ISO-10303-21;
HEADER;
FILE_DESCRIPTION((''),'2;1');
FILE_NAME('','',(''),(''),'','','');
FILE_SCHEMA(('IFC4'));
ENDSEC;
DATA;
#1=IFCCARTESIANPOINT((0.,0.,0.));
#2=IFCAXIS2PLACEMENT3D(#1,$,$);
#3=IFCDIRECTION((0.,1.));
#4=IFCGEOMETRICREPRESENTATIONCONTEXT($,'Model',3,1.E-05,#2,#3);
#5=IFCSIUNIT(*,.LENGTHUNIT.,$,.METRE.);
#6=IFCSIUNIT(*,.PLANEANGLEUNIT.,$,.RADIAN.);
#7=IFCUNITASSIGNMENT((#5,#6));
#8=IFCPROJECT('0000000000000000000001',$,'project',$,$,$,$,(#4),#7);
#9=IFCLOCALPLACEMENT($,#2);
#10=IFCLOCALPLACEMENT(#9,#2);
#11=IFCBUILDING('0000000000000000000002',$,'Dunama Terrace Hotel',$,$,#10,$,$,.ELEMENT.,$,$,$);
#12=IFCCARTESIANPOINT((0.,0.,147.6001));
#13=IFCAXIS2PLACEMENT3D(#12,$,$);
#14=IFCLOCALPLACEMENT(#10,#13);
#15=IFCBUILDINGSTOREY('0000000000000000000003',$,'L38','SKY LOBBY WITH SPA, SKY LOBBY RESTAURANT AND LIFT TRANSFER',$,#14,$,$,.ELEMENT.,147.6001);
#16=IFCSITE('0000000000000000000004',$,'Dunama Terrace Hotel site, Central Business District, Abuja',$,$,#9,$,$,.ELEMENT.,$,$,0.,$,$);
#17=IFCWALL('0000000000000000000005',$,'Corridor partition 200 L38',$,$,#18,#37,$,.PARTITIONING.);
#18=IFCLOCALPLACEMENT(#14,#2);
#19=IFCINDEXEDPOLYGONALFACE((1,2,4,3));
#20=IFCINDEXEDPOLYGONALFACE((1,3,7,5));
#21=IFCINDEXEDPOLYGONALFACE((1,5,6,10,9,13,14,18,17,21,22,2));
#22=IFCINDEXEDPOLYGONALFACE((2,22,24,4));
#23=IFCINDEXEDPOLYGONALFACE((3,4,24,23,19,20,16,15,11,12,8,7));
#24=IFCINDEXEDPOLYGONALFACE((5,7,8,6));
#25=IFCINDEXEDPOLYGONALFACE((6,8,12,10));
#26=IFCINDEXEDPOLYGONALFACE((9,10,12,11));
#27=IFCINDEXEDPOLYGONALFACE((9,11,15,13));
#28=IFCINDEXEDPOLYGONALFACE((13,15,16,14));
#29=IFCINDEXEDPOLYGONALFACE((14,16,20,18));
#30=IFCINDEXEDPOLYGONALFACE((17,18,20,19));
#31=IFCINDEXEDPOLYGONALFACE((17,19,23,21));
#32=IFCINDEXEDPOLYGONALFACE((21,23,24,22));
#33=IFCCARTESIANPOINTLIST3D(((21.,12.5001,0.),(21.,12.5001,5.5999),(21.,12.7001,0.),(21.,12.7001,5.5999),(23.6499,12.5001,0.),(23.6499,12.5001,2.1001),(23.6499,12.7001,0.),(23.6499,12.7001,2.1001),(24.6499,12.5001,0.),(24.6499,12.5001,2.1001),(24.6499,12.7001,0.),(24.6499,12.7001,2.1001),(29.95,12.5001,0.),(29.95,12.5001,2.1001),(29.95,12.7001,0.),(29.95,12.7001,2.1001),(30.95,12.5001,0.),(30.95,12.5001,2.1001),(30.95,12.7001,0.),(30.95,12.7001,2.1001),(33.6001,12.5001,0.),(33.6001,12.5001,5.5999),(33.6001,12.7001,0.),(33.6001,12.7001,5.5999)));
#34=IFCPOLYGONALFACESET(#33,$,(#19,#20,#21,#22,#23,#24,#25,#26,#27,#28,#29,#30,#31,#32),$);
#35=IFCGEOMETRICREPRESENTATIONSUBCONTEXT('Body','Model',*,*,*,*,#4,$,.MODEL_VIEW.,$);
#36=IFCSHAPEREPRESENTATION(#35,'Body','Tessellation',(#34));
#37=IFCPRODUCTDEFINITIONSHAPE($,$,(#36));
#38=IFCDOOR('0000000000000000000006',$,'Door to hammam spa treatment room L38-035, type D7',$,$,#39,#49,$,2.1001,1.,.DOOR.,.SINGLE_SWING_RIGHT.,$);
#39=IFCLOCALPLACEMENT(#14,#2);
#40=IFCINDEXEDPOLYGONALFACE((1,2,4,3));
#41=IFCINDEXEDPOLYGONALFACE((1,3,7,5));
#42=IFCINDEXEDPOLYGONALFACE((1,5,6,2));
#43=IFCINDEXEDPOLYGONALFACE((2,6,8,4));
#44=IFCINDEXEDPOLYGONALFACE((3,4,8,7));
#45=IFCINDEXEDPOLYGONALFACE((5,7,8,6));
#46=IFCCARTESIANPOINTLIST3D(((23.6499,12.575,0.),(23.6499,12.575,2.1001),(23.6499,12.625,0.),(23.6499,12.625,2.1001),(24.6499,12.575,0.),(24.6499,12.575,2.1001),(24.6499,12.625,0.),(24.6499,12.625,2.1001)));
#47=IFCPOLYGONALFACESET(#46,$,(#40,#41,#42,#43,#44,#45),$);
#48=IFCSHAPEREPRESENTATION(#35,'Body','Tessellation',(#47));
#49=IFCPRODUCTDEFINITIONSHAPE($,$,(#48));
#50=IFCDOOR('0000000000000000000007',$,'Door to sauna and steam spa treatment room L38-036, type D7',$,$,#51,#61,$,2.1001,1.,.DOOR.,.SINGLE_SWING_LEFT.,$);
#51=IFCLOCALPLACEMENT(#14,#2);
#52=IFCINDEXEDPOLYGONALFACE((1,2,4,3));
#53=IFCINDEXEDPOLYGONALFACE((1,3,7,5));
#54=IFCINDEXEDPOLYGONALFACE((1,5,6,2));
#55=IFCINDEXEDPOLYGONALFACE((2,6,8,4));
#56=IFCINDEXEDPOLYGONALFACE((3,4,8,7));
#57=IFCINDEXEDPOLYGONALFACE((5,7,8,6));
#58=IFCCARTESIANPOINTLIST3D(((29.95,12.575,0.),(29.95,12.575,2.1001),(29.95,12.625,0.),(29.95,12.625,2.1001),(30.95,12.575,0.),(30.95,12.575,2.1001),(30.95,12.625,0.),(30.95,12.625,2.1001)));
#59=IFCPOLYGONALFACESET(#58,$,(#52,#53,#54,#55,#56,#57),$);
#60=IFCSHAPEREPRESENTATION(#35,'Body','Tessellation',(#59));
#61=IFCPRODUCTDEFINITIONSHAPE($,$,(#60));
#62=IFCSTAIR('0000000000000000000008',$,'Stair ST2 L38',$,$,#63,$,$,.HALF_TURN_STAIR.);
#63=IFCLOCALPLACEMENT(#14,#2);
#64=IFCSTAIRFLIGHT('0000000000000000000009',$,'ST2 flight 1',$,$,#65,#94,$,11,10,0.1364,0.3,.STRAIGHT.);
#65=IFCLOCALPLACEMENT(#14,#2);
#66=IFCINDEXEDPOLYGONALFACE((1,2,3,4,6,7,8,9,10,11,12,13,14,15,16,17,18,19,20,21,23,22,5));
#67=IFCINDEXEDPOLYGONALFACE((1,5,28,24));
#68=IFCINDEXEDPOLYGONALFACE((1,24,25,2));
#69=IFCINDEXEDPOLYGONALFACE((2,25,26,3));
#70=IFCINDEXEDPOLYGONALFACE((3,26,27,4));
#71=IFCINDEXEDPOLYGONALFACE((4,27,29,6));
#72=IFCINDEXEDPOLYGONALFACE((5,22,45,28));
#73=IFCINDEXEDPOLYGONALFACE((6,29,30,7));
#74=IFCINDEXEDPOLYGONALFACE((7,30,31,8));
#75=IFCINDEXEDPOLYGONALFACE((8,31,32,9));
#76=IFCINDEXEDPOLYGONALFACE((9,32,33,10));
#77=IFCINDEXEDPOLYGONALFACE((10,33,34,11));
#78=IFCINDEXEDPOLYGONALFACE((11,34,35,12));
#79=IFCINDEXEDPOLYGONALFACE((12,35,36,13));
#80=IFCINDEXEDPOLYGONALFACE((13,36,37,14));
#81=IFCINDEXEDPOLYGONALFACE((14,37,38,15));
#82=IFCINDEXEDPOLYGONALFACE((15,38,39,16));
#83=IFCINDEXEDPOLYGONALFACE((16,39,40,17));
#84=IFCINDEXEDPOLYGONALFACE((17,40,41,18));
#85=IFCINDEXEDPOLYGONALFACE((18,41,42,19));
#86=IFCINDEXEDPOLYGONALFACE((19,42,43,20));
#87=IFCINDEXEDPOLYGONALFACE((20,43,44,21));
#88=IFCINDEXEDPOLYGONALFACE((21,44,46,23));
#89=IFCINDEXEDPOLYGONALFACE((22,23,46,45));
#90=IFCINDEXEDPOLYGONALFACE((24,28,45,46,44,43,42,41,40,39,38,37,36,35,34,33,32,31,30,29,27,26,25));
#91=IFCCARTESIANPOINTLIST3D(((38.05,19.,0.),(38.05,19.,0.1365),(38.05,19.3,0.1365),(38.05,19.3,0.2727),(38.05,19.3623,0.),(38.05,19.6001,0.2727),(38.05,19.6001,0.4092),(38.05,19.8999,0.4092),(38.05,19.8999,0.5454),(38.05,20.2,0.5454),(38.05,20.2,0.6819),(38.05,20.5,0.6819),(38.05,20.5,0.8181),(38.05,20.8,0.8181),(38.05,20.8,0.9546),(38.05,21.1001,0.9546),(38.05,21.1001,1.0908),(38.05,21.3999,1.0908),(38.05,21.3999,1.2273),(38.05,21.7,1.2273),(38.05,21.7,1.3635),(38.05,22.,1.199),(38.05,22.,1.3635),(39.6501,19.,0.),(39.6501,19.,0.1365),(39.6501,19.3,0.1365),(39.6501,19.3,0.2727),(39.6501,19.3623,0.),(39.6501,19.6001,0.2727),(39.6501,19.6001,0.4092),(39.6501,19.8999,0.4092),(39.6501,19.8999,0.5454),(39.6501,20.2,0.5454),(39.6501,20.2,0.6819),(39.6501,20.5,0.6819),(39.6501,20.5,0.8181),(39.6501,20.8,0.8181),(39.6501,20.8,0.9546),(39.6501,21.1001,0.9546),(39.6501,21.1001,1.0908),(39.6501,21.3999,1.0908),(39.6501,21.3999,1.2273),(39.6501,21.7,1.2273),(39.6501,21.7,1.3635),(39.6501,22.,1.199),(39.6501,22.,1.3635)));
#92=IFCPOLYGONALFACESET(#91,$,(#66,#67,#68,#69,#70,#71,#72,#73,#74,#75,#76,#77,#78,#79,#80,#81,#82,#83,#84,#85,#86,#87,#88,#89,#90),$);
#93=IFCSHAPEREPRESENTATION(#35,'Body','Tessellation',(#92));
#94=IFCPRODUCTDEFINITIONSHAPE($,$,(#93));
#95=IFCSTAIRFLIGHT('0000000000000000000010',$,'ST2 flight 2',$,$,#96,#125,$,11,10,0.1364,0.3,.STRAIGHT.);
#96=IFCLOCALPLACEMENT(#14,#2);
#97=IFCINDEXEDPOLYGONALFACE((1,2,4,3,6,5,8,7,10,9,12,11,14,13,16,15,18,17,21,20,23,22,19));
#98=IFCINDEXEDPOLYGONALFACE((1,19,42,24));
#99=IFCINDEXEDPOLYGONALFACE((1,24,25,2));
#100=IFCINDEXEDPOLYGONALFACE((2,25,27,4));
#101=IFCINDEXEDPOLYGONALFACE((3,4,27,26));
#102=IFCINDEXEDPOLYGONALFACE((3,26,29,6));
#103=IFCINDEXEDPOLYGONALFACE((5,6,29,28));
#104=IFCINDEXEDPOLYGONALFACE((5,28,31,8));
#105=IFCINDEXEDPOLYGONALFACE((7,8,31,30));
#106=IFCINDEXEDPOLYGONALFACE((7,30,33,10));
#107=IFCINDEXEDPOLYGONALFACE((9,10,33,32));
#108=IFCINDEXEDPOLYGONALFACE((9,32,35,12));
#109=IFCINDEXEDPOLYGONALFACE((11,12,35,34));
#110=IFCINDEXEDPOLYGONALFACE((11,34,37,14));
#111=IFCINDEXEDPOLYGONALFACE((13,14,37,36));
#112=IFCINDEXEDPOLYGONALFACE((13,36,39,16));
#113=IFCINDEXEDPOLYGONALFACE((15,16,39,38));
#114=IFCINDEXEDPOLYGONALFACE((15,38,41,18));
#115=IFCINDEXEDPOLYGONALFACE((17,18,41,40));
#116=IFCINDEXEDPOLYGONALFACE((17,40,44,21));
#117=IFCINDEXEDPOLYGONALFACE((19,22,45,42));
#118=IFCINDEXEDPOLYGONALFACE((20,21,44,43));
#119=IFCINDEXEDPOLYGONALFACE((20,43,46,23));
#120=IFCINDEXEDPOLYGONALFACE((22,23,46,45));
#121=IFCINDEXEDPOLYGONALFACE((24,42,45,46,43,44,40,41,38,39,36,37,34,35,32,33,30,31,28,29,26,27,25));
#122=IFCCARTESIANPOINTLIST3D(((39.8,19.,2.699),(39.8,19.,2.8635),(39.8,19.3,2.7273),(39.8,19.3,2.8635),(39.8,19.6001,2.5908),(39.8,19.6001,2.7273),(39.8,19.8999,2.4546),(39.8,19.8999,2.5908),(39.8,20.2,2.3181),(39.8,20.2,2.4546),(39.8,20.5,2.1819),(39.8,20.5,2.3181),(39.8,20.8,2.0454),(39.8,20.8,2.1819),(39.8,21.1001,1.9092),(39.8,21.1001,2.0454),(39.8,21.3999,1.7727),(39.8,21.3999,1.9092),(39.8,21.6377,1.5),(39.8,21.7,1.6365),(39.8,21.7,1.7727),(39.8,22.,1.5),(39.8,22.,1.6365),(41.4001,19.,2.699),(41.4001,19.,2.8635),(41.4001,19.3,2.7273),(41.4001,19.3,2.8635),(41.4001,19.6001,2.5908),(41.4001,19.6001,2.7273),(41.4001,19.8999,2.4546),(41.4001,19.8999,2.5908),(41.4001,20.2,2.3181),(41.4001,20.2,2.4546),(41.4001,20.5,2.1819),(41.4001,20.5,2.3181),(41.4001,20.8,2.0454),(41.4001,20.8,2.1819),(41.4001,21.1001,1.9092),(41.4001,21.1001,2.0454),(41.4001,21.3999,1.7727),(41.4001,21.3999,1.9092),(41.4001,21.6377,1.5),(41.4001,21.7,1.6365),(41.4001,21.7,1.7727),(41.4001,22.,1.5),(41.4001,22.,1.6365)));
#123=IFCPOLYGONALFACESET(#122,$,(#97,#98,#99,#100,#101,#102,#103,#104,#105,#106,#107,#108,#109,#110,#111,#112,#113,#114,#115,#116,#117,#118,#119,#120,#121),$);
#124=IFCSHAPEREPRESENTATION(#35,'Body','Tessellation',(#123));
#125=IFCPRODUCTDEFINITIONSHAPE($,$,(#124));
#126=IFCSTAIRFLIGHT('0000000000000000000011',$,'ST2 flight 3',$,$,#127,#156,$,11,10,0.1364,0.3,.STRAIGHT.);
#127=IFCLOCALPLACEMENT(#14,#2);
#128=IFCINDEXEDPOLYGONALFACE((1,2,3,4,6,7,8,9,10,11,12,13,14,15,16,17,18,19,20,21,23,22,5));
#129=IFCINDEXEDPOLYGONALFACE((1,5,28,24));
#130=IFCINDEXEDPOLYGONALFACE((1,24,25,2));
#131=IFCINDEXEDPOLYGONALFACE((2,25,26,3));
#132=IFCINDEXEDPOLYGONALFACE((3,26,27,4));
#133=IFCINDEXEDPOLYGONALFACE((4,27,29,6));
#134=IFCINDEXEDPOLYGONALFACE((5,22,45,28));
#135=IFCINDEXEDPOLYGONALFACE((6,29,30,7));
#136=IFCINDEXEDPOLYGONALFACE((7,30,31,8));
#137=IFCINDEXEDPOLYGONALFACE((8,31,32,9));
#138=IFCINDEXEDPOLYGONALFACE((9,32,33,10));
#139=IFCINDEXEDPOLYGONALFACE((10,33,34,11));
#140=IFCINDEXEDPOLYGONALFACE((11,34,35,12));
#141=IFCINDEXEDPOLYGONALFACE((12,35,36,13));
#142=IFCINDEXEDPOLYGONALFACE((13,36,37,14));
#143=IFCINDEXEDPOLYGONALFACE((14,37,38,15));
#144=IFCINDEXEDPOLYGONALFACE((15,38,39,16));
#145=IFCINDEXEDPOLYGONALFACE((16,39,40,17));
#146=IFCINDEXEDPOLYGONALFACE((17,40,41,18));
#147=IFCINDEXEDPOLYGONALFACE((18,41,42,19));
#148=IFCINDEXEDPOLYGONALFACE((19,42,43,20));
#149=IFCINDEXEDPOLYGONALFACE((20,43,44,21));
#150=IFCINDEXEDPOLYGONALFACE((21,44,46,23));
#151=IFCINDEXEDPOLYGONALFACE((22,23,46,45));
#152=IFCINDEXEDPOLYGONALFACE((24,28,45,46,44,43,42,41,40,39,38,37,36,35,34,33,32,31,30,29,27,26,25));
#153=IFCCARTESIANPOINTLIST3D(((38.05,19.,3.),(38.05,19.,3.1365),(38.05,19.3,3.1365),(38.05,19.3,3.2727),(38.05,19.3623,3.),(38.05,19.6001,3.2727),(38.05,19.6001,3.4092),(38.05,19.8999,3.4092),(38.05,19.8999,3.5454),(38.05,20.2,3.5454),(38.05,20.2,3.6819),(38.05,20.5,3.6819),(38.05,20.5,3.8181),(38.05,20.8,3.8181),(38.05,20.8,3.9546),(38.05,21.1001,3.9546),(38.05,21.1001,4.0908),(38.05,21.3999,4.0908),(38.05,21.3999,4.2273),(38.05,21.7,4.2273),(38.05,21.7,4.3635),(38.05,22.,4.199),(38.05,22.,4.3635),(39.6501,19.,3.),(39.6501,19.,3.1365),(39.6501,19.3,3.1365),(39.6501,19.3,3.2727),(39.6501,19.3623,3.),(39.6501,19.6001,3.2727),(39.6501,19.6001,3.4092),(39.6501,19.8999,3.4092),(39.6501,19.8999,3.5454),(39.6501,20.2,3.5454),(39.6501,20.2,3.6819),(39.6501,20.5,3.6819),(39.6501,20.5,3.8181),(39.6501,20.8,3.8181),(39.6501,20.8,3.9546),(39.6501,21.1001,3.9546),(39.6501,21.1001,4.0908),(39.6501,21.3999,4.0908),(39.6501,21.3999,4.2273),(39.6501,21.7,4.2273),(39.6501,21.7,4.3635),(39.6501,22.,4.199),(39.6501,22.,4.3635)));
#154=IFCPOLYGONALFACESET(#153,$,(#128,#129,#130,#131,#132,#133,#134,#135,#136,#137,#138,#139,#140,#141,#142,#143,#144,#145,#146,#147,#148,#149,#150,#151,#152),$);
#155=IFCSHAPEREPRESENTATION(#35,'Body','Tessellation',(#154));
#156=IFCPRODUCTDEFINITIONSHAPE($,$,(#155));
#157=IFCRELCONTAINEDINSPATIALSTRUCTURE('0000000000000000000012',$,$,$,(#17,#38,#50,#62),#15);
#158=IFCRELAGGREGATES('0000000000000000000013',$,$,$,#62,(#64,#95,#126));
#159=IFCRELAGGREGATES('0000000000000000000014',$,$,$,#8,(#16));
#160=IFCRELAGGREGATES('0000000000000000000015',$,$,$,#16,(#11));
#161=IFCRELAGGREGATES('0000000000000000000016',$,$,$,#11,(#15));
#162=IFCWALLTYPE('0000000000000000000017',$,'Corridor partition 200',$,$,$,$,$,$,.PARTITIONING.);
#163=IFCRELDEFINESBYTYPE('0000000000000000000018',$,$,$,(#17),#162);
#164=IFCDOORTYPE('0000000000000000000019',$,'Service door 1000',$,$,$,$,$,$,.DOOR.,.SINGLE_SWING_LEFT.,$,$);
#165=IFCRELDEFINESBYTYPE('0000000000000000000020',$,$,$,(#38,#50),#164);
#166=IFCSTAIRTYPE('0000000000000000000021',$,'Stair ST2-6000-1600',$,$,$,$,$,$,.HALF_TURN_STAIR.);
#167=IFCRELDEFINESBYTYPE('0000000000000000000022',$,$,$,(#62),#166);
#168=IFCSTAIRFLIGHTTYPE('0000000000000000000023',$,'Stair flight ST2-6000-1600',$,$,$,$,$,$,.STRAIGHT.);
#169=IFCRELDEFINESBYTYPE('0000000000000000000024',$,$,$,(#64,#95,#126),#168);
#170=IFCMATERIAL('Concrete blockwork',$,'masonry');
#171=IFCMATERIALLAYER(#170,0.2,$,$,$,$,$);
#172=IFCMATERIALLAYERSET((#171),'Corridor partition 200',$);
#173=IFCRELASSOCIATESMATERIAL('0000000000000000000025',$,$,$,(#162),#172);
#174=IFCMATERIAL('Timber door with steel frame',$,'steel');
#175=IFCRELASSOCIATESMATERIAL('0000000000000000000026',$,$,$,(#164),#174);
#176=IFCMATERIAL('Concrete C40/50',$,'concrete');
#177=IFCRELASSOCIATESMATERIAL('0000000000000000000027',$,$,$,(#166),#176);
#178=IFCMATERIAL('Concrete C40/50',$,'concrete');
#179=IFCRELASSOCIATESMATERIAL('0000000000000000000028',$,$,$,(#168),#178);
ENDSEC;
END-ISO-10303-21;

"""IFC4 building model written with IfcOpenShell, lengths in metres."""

from ifc_helpers import new_model, si_unit, direction, frame, frame_2d, origin, place, context, subcontext, project, spatial, polyline, rectangle, outline, extrude, material, layer, layer_set, type_object, element, fill, aggregate, save


model = new_model("IFC4")

# Units and contexts
model_context = context("Model", 3, precision=1e-05, world=origin(), true_north=direction((0.0, 1.0)))
body_context = subcontext(model_context, "Body", "Model", "MODEL_VIEW")
ifc_project = project(units=[si_unit("LENGTHUNIT", "METRE"), si_unit("PLANEANGLEUNIT", "RADIAN")], contexts=[model_context])

# Site, building, storey
site_placement = place(None, origin())
site = spatial("IfcSite", under=ifc_project, at=site_placement, Name="Dunama Terrace Hotel site, Central Business District, Abuja", CompositionType="ELEMENT", RefElevation=0.0)
building_placement = place(site_placement, origin())
building = spatial("IfcBuilding", under=site, at=building_placement, Name="Dunama Terrace Hotel", CompositionType="ELEMENT")
storey_placement = place(building_placement, frame((0.0, 0.0, 147.6001)))
storey = spatial("IfcBuildingStorey", under=building, at=storey_placement, Name="L38", Description="SKY LOBBY WITH SPA, SKY LOBBY RESTAURANT AND LIFT TRANSFER", CompositionType="ELEMENT", Elevation=147.6001)

# Shared definitions
ifc_material_1 = material(Name="Concrete blockwork", Category="masonry")
ifc_layer_1 = layer(ifc_material_1, 0.2)
ifc_layer_set_1 = layer_set([ifc_layer_1], Name="Corridor partition 200")
wall_type_1 = type_object("IfcWallType", Name="Corridor partition 200", PredefinedType="PARTITIONING", material=ifc_layer_set_1)

# Wall, openings, doors
wall_1_placement = place(storey_placement, frame((21.0, 12.6001, 0.0), z_axis=(0.0, 0.0, 1.0), x_axis=(1.0, 0.0, 0.0)))
wall_1 = element("IfcWall", 1, at=wall_1_placement, inside=storey, type_object=wall_type_1, Name="Corridor partition 200 L38", PredefinedType="PARTITIONING", context=body_context, shape_type="SweptSolid", body=[
    extrude(rectangle(XDim=12.6001, YDim=0.2, at=frame_2d((6.3, 0.0))), origin(), (0.0, 0.0, 1.0), 5.5999),
])
opening_1_placement = place(wall_1_placement, frame((2.6499, 0.0, 0.0)))
opening_1 = element("IfcOpeningElement", 2, at=opening_1_placement, cuts=wall_1, PredefinedType="OPENING", context=body_context, shape_type="SweptSolid", body=[
    extrude(rectangle(XDim=1.0, YDim=2.1001, at=frame_2d((0.5, 1.05))), frame((0.0, 0.1099, 0.0), z_axis=(0.0, -1.0, 0.0), x_axis=(1.0, 0.0, 0.0)), (0.0, 0.0, 1.0), 0.22),
])
opening_2_placement = place(wall_1_placement, frame((8.95, 0.0, 0.0)))
opening_2 = element("IfcOpeningElement", 3, at=opening_2_placement, cuts=wall_1, PredefinedType="OPENING", context=body_context, shape_type="SweptSolid", body=[
    extrude(rectangle(XDim=1.0, YDim=2.1001, at=frame_2d((0.5, 1.05))), frame((0.0, 0.1099, 0.0), z_axis=(0.0, -1.0, 0.0), x_axis=(1.0, 0.0, 0.0)), (0.0, 0.0, 1.0), 0.22),
])
ifc_material_2 = material(Name="Timber door with steel frame", Category="steel")
door_type_1 = type_object("IfcDoorType", Name="Service door 1000", OperationType="SINGLE_SWING_LEFT", PredefinedType="DOOR", material=ifc_material_2)
door_1_placement = place(opening_1_placement, frame((1.0, 0.0, 0.0), z_axis=(0.0, 0.0, 1.0), x_axis=(-1.0, 0.0, 0.0)))
door_1 = element("IfcDoor", 4, at=door_1_placement, inside=storey, type_object=door_type_1, Name="Door to hammam spa treatment room L38-035, type D7", OperationType="SINGLE_SWING_RIGHT", OverallHeight=2.1001, OverallWidth=1.0, PredefinedType="DOOR", context=body_context, shape_type="SweptSolid", body=[
    extrude(rectangle(XDim=1.0, YDim=2.1001, at=frame_2d((0.5, 1.05))), frame((0.0, 0.0251, 0.0), z_axis=(0.0, -1.0, 0.0), x_axis=(1.0, 0.0, 0.0)), (0.0, 0.0, 1.0), 0.05),
])
fill(opening_1, door_1)
door_2_placement = place(opening_2_placement, frame((1.0, 0.0, 0.0), z_axis=(0.0, 0.0, 1.0), x_axis=(-1.0, 0.0, 0.0)))
door_2 = element("IfcDoor", 5, at=door_2_placement, inside=storey, type_object=door_type_1, Name="Door to sauna and steam spa treatment room L38-036, type D7", OperationType="SINGLE_SWING_LEFT", OverallHeight=2.1001, OverallWidth=1.0, PredefinedType="DOOR", context=body_context, shape_type="SweptSolid", body=[
    extrude(rectangle(XDim=1.0, YDim=2.1001, at=frame_2d((0.5, 1.05))), frame((0.0, 0.0251, 0.0), z_axis=(0.0, -1.0, 0.0), x_axis=(1.0, 0.0, 0.0)), (0.0, 0.0, 1.0), 0.05),
])
fill(opening_2, door_2)

# Stair, stair flights
ifc_material_3 = material(Name="Concrete C40/50", Category="concrete")
stair_type = type_object("IfcStairType", Name="Stair ST2-6000-1600", PredefinedType="HALF_TURN_STAIR", material=ifc_material_3)
stair_placement = place(storey_placement, origin())
stair = element("IfcStair", 6, at=stair_placement, inside=storey, type_object=stair_type, Name="Stair ST2 L38", PredefinedType="HALF_TURN_STAIR")
ifc_material_4 = material(Name="Concrete C40/50", Category="concrete")
stair_flight_type = type_object("IfcStairFlightType", Name="Stair flight ST2-6000-1600", PredefinedType="STRAIGHT", material=ifc_material_4)
stair_flight_1_placement = place(storey_placement, frame((38.8501, 19.0, 0.0), z_axis=(0.0, 0.0, 1.0), x_axis=(0.0, 1.0, 0.0)))
stair_flight_1 = element("IfcStairFlight", 7, at=stair_flight_1_placement, type_object=stair_flight_type, Name="ST2 flight 1", NumberOfRisers=11, NumberOfTreads=10, PredefinedType="STRAIGHT", RiserHeight=0.1364, TreadLength=0.3, context=body_context, shape_type="SweptSolid", body=[
    extrude(outline(polyline([(0.0, 0.0), (0.0, 0.1365), (0.3, 0.1365), (0.3, 0.2727), (0.6001, 0.2727), (0.6001, 0.4092), (0.8999, 0.4092), (0.8999, 0.5454), (1.2, 0.5454), (1.2, 0.6819), (1.5, 0.6819), (1.5, 0.8181), (1.8, 0.8181), (1.8, 0.9546), (2.1001, 0.9546), (2.1001, 1.0908), (2.3999, 1.0908), (2.3999, 1.2273), (2.7, 1.2273), (2.7, 1.3635), (3.0, 1.3635), (3.0, 1.5), (3.0, 1.199), (0.3623, 0.0), (0.0, 0.0)])), frame((0.0, 0.8, 0.0), z_axis=(0.0, -1.0, 0.0), x_axis=(1.0, 0.0, 0.0)), (0.0, 0.0, 1.0), 1.6001),
])
stair_flight_2_placement = place(storey_placement, frame((40.6001, 22.0, 1.5), z_axis=(0.0, 0.0, 1.0), x_axis=(0.0, -1.0, 0.0)))
stair_flight_2 = element("IfcStairFlight", 8, at=stair_flight_2_placement, type_object=stair_flight_type, Name="ST2 flight 2", NumberOfRisers=11, NumberOfTreads=10, PredefinedType="STRAIGHT", RiserHeight=0.1364, TreadLength=0.3, context=body_context, shape_type="SweptSolid", body=[
    extrude(outline(polyline([(0.0, 0.0), (0.0, 0.1365), (0.3, 0.1365), (0.3, 0.2727), (0.6001, 0.2727), (0.6001, 0.4092), (0.8999, 0.4092), (0.8999, 0.5454), (1.2, 0.5454), (1.2, 0.6819), (1.5, 0.6819), (1.5, 0.8181), (1.8, 0.8181), (1.8, 0.9546), (2.1001, 0.9546), (2.1001, 1.0908), (2.3999, 1.0908), (2.3999, 1.2273), (2.7, 1.2273), (2.7, 1.3635), (3.0, 1.3635), (3.0, 1.5), (3.0, 1.199), (0.3623, 0.0), (0.0, 0.0)])), frame((0.0, 0.8, 0.0), z_axis=(0.0, -1.0, 0.0), x_axis=(1.0, 0.0, 0.0)), (0.0, 0.0, 1.0), 1.6001),
])
stair_flight_3_placement = place(storey_placement, frame((38.8501, 19.0, 3.0), z_axis=(0.0, 0.0, 1.0), x_axis=(0.0, 1.0, 0.0)))
stair_flight_3 = element("IfcStairFlight", 9, at=stair_flight_3_placement, type_object=stair_flight_type, Name="ST2 flight 3", NumberOfRisers=11, NumberOfTreads=10, PredefinedType="STRAIGHT", RiserHeight=0.1364, TreadLength=0.3, context=body_context, shape_type="SweptSolid", body=[
    extrude(outline(polyline([(0.0, 0.0), (0.0, 0.1365), (0.3, 0.1365), (0.3, 0.2727), (0.6001, 0.2727), (0.6001, 0.4092), (0.8999, 0.4092), (0.8999, 0.5454), (1.2, 0.5454), (1.2, 0.6819), (1.5, 0.6819), (1.5, 0.8181), (1.8, 0.8181), (1.8, 0.9546), (2.1001, 0.9546), (2.1001, 1.0908), (2.3999, 1.0908), (2.3999, 1.2273), (2.7, 1.2273), (2.7, 1.3635), (3.0, 1.3635), (3.0, 1.5), (3.0, 1.199), (0.3623, 0.0), (0.0, 0.0)])), frame((0.0, 0.8, 0.0), z_axis=(0.0, -1.0, 0.0), x_axis=(1.0, 0.0, 0.0)), (0.0, 0.0, 1.0), 1.6001),
])
aggregate(stair, [stair_flight_1, stair_flight_2, stair_flight_3])

save(model, "model.ifc")
